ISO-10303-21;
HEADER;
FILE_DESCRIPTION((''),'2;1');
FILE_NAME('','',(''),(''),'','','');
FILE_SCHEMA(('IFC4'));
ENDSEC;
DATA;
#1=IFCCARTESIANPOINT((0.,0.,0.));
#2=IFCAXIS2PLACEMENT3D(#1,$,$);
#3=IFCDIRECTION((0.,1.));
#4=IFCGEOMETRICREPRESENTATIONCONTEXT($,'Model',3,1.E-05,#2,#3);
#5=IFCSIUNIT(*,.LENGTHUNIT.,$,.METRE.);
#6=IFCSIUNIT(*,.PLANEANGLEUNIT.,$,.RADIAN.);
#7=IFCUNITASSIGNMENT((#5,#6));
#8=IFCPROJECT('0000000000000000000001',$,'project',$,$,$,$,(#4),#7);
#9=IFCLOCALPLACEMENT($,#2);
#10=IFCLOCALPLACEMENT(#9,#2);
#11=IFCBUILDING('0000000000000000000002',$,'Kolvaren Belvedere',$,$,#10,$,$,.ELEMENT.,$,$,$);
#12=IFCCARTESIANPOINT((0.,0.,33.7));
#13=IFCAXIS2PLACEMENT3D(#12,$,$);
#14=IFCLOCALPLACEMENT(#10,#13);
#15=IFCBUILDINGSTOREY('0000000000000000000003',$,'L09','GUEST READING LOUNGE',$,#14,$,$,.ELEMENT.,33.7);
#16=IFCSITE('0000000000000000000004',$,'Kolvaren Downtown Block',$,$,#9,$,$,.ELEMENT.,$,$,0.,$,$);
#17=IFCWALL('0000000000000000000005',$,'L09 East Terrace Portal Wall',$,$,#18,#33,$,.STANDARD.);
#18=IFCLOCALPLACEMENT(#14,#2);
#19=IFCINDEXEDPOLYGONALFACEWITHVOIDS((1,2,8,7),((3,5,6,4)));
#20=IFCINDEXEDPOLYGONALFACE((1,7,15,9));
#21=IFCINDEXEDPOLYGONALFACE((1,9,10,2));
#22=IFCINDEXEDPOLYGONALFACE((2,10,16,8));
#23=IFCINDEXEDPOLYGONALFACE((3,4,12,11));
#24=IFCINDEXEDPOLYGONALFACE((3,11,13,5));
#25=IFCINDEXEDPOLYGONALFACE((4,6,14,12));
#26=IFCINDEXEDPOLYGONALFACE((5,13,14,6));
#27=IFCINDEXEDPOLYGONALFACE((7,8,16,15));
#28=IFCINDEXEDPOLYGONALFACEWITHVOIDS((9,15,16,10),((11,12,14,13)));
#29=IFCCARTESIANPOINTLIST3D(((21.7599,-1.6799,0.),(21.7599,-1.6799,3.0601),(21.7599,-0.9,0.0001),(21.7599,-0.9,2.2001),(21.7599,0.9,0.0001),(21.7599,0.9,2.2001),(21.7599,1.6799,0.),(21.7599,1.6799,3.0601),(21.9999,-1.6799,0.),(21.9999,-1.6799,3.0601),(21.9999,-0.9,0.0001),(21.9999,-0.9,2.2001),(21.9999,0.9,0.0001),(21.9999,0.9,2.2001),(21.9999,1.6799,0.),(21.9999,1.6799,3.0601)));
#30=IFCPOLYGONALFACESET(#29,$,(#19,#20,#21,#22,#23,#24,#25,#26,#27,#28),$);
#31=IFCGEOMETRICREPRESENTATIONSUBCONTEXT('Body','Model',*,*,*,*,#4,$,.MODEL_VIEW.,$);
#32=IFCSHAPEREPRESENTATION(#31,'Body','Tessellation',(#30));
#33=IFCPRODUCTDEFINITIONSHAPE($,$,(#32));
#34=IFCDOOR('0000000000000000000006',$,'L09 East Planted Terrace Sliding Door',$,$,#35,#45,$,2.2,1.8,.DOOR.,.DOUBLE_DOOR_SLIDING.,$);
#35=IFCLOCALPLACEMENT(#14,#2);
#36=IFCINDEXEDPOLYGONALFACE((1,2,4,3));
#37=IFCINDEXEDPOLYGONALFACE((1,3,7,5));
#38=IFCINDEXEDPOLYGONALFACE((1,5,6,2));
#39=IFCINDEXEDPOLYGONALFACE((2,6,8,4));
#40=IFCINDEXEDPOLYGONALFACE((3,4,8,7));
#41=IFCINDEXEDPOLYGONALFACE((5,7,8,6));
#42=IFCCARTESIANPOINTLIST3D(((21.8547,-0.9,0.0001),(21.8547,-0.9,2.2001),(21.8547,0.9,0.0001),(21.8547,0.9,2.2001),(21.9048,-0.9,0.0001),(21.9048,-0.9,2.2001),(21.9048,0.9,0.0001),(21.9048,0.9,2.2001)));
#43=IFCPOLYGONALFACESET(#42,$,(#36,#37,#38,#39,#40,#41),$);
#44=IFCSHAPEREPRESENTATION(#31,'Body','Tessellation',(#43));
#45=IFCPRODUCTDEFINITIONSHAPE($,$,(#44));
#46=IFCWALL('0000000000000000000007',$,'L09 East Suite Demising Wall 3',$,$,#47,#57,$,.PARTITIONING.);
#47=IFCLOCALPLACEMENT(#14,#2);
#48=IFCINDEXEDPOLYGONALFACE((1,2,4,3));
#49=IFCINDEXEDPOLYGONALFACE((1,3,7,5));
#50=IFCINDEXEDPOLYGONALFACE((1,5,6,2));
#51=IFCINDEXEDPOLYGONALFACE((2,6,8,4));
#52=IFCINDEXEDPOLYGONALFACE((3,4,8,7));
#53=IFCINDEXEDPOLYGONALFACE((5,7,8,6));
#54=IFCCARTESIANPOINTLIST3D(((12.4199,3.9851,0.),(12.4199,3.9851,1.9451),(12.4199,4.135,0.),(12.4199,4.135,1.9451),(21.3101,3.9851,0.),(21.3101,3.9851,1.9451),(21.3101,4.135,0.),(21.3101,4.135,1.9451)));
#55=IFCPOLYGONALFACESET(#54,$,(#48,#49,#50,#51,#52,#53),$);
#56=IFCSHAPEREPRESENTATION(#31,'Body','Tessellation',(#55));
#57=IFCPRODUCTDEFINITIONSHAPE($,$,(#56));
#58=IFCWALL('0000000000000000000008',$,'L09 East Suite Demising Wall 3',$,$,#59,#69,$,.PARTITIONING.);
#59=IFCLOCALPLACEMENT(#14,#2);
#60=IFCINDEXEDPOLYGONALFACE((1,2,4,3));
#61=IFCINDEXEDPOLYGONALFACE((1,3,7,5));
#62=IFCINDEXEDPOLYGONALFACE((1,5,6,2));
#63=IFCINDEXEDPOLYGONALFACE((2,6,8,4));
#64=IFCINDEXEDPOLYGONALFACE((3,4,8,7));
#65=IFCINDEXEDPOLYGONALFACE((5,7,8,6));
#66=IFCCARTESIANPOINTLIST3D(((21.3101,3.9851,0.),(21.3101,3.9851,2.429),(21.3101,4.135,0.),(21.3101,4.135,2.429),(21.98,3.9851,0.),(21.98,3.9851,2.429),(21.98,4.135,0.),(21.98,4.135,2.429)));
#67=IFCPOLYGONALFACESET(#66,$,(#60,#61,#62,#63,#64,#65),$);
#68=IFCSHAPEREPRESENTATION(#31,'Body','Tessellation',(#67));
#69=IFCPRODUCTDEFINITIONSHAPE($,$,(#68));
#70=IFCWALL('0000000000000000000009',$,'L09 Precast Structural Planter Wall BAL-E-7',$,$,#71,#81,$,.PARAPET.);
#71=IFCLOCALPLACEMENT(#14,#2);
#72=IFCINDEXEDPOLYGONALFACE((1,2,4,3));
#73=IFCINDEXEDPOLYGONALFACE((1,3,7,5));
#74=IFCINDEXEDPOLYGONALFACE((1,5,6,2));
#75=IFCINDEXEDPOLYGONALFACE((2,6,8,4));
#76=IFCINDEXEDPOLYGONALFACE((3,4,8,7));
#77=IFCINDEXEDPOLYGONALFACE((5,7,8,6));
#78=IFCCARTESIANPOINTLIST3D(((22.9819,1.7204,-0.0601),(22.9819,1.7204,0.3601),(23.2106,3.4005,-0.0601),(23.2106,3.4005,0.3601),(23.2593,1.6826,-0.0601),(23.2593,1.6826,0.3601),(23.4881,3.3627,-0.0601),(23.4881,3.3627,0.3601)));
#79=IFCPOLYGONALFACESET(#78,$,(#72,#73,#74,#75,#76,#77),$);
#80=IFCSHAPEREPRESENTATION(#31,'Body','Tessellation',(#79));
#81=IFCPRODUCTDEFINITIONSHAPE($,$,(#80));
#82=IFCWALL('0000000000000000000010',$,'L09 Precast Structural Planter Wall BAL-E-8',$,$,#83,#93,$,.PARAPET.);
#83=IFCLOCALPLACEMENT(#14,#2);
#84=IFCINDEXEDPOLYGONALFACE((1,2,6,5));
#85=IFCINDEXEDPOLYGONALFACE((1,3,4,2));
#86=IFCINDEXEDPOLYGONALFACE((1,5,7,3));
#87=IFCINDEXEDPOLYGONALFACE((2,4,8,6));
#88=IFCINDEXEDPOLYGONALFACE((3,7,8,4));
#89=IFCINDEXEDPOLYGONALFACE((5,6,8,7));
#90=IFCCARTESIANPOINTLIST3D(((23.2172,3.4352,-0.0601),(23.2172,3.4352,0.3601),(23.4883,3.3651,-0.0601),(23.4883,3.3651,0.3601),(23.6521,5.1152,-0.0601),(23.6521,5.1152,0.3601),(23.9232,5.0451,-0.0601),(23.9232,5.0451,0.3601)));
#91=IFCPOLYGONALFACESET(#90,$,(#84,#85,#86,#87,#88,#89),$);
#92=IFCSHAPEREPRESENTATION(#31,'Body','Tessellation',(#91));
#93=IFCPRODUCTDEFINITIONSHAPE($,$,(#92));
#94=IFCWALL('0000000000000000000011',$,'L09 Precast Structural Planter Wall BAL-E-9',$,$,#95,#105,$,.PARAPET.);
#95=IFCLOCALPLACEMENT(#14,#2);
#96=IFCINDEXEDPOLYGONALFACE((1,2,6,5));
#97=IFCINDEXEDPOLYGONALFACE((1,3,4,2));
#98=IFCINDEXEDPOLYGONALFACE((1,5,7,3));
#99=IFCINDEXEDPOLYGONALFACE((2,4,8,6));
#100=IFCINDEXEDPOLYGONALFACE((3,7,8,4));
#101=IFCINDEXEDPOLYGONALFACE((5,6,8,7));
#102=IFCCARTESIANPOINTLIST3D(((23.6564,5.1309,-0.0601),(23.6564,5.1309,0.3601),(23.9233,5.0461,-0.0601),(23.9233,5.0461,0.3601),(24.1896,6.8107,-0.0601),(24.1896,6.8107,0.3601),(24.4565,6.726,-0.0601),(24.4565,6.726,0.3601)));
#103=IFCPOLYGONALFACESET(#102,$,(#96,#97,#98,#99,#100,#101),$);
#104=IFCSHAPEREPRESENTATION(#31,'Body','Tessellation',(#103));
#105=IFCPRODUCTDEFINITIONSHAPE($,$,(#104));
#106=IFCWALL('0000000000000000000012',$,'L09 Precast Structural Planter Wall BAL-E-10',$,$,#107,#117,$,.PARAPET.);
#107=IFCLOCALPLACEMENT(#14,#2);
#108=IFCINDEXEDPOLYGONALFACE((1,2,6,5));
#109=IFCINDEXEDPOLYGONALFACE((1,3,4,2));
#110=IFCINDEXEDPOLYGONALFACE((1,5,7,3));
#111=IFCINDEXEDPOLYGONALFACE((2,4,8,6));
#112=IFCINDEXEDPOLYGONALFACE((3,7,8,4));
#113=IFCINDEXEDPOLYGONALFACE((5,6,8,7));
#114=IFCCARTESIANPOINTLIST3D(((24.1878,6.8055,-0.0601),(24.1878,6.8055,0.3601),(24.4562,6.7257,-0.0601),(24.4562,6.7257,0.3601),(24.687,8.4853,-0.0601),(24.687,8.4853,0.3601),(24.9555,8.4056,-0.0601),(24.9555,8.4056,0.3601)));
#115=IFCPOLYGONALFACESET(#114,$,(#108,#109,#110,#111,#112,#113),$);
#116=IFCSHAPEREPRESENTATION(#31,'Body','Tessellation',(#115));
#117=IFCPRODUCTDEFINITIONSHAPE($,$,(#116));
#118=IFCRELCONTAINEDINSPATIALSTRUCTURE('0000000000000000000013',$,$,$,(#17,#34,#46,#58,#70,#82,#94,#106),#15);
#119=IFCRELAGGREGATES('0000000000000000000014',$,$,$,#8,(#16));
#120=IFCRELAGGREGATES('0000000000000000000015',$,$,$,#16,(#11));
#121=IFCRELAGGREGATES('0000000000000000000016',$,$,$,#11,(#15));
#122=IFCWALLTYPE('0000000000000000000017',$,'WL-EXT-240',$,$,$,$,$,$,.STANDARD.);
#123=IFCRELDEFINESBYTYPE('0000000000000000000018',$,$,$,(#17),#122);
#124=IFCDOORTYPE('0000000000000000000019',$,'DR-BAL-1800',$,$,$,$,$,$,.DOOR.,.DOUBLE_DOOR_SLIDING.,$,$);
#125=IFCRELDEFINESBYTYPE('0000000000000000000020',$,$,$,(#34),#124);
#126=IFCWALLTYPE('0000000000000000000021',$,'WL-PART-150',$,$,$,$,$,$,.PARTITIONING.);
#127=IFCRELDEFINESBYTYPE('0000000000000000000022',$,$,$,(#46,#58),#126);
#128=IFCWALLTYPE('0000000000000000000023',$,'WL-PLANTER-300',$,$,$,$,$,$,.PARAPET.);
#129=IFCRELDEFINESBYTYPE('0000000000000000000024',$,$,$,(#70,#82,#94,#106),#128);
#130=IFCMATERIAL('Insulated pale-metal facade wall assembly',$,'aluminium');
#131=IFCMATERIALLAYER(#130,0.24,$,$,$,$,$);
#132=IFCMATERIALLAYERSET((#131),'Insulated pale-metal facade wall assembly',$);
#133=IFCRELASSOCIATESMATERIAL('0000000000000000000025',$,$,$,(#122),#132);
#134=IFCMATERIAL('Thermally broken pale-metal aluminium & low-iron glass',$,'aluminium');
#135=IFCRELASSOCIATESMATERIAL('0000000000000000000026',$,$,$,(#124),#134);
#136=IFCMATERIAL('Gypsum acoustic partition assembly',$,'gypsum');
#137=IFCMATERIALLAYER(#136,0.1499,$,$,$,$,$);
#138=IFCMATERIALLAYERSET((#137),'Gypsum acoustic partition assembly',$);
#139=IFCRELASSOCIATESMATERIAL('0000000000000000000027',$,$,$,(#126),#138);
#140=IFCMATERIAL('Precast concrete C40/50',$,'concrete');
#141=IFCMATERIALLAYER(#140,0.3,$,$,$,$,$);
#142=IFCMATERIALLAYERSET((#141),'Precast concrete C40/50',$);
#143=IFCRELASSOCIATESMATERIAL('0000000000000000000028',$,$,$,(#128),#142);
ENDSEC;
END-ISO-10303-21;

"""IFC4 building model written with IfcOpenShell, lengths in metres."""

from ifc_helpers import new_model, si_unit, direction, frame, frame_2d, origin, place, context, subcontext, project, spatial, rectangle, extrude, material, layer, layer_set, type_object, element, fill, save


model = new_model("IFC4")

# Units and contexts
model_context = context("Model", 3, precision=1e-05, world=origin(), true_north=direction((0.0, 1.0)))
body_context = subcontext(model_context, "Body", "Model", "MODEL_VIEW")
ifc_project = project(units=[si_unit("LENGTHUNIT", "METRE"), si_unit("PLANEANGLEUNIT", "RADIAN")], contexts=[model_context])

# Site, building, storey
site_placement = place(None, origin())
site = spatial("IfcSite", under=ifc_project, at=site_placement, Name="Kolvaren Downtown Block", CompositionType="ELEMENT", RefElevation=0.0)
building_placement = place(site_placement, origin())
building = spatial("IfcBuilding", under=site, at=building_placement, Name="Kolvaren Belvedere", CompositionType="ELEMENT")
storey_placement = place(building_placement, frame((0.0, 0.0, 33.7)))
storey = spatial("IfcBuildingStorey", under=building, at=storey_placement, Name="L09", Description="GUEST READING LOUNGE", CompositionType="ELEMENT", Elevation=33.7)

# Wall, opening, door
ifc_material_1 = material(Name="Insulated pale-metal facade wall assembly", Category="aluminium")
ifc_layer_1 = layer(ifc_material_1, 0.24)
ifc_layer_set_1 = layer_set([ifc_layer_1], Name="Insulated pale-metal facade wall assembly")
wall_type_1 = type_object("IfcWallType", Name="WL-EXT-240", PredefinedType="STANDARD", material=ifc_layer_set_1)
wall_1_placement = place(storey_placement, frame((21.8799, 1.6799, 0.0), z_axis=(0.0, 0.0, 1.0), x_axis=(0.0, -1.0, 0.0)))
wall_1 = element("IfcWall", 1, at=wall_1_placement, inside=storey, type_object=wall_type_1, Name="L09 East Terrace Portal Wall", PredefinedType="STANDARD", context=body_context, shape_type="SweptSolid", body=[
    extrude(rectangle(XDim=3.3599, YDim=0.24, at=frame_2d((1.6799, 0.0))), origin(), (0.0, 0.0, 1.0), 3.0601),
])
opening_1_placement = place(wall_1_placement, frame((0.78, 0.0, 0.0)))
opening_1 = element("IfcOpeningElement", 2, at=opening_1_placement, cuts=wall_1, PredefinedType="OPENING", context=body_context, shape_type="SweptSolid", body=[
    extrude(rectangle(XDim=1.8, YDim=2.2, at=frame_2d((0.8999, 1.1001))), frame((0.0, 0.1299, 0.0), z_axis=(0.0, -1.0, 0.0), x_axis=(1.0, 0.0, 0.0)), (0.0, 0.0, 1.0), 0.26),
])
ifc_material_2 = material(Name="Thermally broken pale-metal aluminium & low-iron glass", Category="aluminium")
door_type_1 = type_object("IfcDoorType", Name="DR-BAL-1800", OperationType="DOUBLE_DOOR_SLIDING", PredefinedType="DOOR", material=ifc_material_2)
door_1_placement = place(opening_1_placement, origin())
door_1 = element("IfcDoor", 3, at=door_1_placement, inside=storey, type_object=door_type_1, Name="L09 East Planted Terrace Sliding Door", OperationType="DOUBLE_DOOR_SLIDING", OverallHeight=2.2, OverallWidth=1.8, PredefinedType="DOOR", context=body_context, shape_type="SweptSolid", body=[
    extrude(rectangle(XDim=1.8, YDim=2.2, at=frame_2d((0.8999, 1.1001))), frame((0.0, 0.0249, 0.0), z_axis=(0.0, -1.0, 0.0), x_axis=(1.0, 0.0, 0.0)), (0.0, 0.0, 1.0), 0.05),
])
fill(opening_1, door_1)

# Walls
ifc_material_3 = material(Name="Gypsum acoustic partition assembly", Category="gypsum")
ifc_layer_2 = layer(ifc_material_3, 0.1499)
ifc_layer_set_2 = layer_set([ifc_layer_2], Name="Gypsum acoustic partition assembly")
wall_type_2 = type_object("IfcWallType", Name="WL-PART-150", PredefinedType="PARTITIONING", material=ifc_layer_set_2)
wall_2_placement = place(storey_placement, frame((12.4199, 4.0601, 0.0), z_axis=(0.0, 0.0, 1.0), x_axis=(1.0, 0.0, 0.0)))
element("IfcWall", 4, at=wall_2_placement, inside=storey, type_object=wall_type_2, Name="L09 East Suite Demising Wall 3", PredefinedType="PARTITIONING", context=body_context, shape_type="SweptSolid", body=[
    extrude(rectangle(XDim=8.8901, YDim=0.1499, at=frame_2d((4.4451, 0.0))), origin(), (0.0, 0.0, 1.0), 1.9451),
])
wall_3_placement = place(storey_placement, frame((21.3101, 4.0601, 0.0), z_axis=(0.0, 0.0, 1.0), x_axis=(1.0, 0.0, 0.0)))
element("IfcWall", 5, at=wall_3_placement, inside=storey, type_object=wall_type_2, Name="L09 East Suite Demising Wall 3", PredefinedType="PARTITIONING", context=body_context, shape_type="SweptSolid", body=[
    extrude(rectangle(XDim=0.6699, YDim=0.1499, at=frame_2d((0.335, 0.0))), origin(), (0.0, 0.0, 1.0), 2.429),
])
ifc_material_4 = material(Name="Precast concrete C40/50", Category="concrete")
ifc_layer_3 = layer(ifc_material_4, 0.3)
ifc_layer_set_3 = layer_set([ifc_layer_3], Name="Precast concrete C40/50")
wall_type_3 = type_object("IfcWallType", Name="WL-PLANTER-300", PredefinedType="PARAPET", material=ifc_layer_set_3)
wall_4_placement = place(storey_placement, frame((23.1206, 1.7017, -0.0601), z_axis=(0.0, 0.0, 1.0), x_axis=(0.134927, 0.990856, 0.0)))
element("IfcWall", 6, at=wall_4_placement, inside=storey, type_object=wall_type_3, Name="L09 Precast Structural Planter Wall BAL-E-7", PredefinedType="PARAPET", context=body_context, shape_type="SweptSolid", body=[
    extrude(rectangle(XDim=1.6956, YDim=0.28, at=frame_2d((0.8477, 0.0))), origin(), (0.0, 0.0, 1.0), 0.4202),
])
wall_5_placement = place(storey_placement, frame((23.3528, 3.4001, -0.0601), z_axis=(0.0, 0.0, 1.0), x_axis=(0.250572, 0.968098, 0.0)))
element("IfcWall", 7, at=wall_5_placement, inside=storey, type_object=wall_type_3, Name="L09 Precast Structural Planter Wall BAL-E-8", PredefinedType="PARAPET", context=body_context, shape_type="SweptSolid", body=[
    extrude(rectangle(XDim=1.7354, YDim=0.28, at=frame_2d((0.8677, 0.0))), origin(), (0.0, 0.0, 1.0), 0.4202),
])
wall_6_placement = place(storey_placement, frame((23.7898, 5.0884, -0.0601), z_axis=(0.0, 0.0, 1.0), x_axis=(0.302523, 0.953142, 0.0)))
element("IfcWall", 8, at=wall_6_placement, inside=storey, type_object=wall_type_3, Name="L09 Precast Structural Planter Wall BAL-E-9", PredefinedType="PARAPET", context=body_context, shape_type="SweptSolid", body=[
    extrude(rectangle(XDim=1.7625, YDim=0.28, at=frame_2d((0.8813, 0.0))), origin(), (0.0, 0.0, 1.0), 0.4202),
])
wall_7_placement = place(storey_placement, frame((24.322, 6.7656, -0.0601), z_axis=(0.0, 0.0, 1.0), x_axis=(0.28488, 0.958563, 0.0)))
element("IfcWall", 9, at=wall_7_placement, inside=storey, type_object=wall_type_3, Name="L09 Precast Structural Planter Wall BAL-E-10", PredefinedType="PARAPET", context=body_context, shape_type="SweptSolid", body=[
    extrude(rectangle(XDim=1.7524, YDim=0.28, at=frame_2d((0.8762, 0.0))), origin(), (0.0, 0.0, 1.0), 0.4202),
])

save(model, "model.ifc")
